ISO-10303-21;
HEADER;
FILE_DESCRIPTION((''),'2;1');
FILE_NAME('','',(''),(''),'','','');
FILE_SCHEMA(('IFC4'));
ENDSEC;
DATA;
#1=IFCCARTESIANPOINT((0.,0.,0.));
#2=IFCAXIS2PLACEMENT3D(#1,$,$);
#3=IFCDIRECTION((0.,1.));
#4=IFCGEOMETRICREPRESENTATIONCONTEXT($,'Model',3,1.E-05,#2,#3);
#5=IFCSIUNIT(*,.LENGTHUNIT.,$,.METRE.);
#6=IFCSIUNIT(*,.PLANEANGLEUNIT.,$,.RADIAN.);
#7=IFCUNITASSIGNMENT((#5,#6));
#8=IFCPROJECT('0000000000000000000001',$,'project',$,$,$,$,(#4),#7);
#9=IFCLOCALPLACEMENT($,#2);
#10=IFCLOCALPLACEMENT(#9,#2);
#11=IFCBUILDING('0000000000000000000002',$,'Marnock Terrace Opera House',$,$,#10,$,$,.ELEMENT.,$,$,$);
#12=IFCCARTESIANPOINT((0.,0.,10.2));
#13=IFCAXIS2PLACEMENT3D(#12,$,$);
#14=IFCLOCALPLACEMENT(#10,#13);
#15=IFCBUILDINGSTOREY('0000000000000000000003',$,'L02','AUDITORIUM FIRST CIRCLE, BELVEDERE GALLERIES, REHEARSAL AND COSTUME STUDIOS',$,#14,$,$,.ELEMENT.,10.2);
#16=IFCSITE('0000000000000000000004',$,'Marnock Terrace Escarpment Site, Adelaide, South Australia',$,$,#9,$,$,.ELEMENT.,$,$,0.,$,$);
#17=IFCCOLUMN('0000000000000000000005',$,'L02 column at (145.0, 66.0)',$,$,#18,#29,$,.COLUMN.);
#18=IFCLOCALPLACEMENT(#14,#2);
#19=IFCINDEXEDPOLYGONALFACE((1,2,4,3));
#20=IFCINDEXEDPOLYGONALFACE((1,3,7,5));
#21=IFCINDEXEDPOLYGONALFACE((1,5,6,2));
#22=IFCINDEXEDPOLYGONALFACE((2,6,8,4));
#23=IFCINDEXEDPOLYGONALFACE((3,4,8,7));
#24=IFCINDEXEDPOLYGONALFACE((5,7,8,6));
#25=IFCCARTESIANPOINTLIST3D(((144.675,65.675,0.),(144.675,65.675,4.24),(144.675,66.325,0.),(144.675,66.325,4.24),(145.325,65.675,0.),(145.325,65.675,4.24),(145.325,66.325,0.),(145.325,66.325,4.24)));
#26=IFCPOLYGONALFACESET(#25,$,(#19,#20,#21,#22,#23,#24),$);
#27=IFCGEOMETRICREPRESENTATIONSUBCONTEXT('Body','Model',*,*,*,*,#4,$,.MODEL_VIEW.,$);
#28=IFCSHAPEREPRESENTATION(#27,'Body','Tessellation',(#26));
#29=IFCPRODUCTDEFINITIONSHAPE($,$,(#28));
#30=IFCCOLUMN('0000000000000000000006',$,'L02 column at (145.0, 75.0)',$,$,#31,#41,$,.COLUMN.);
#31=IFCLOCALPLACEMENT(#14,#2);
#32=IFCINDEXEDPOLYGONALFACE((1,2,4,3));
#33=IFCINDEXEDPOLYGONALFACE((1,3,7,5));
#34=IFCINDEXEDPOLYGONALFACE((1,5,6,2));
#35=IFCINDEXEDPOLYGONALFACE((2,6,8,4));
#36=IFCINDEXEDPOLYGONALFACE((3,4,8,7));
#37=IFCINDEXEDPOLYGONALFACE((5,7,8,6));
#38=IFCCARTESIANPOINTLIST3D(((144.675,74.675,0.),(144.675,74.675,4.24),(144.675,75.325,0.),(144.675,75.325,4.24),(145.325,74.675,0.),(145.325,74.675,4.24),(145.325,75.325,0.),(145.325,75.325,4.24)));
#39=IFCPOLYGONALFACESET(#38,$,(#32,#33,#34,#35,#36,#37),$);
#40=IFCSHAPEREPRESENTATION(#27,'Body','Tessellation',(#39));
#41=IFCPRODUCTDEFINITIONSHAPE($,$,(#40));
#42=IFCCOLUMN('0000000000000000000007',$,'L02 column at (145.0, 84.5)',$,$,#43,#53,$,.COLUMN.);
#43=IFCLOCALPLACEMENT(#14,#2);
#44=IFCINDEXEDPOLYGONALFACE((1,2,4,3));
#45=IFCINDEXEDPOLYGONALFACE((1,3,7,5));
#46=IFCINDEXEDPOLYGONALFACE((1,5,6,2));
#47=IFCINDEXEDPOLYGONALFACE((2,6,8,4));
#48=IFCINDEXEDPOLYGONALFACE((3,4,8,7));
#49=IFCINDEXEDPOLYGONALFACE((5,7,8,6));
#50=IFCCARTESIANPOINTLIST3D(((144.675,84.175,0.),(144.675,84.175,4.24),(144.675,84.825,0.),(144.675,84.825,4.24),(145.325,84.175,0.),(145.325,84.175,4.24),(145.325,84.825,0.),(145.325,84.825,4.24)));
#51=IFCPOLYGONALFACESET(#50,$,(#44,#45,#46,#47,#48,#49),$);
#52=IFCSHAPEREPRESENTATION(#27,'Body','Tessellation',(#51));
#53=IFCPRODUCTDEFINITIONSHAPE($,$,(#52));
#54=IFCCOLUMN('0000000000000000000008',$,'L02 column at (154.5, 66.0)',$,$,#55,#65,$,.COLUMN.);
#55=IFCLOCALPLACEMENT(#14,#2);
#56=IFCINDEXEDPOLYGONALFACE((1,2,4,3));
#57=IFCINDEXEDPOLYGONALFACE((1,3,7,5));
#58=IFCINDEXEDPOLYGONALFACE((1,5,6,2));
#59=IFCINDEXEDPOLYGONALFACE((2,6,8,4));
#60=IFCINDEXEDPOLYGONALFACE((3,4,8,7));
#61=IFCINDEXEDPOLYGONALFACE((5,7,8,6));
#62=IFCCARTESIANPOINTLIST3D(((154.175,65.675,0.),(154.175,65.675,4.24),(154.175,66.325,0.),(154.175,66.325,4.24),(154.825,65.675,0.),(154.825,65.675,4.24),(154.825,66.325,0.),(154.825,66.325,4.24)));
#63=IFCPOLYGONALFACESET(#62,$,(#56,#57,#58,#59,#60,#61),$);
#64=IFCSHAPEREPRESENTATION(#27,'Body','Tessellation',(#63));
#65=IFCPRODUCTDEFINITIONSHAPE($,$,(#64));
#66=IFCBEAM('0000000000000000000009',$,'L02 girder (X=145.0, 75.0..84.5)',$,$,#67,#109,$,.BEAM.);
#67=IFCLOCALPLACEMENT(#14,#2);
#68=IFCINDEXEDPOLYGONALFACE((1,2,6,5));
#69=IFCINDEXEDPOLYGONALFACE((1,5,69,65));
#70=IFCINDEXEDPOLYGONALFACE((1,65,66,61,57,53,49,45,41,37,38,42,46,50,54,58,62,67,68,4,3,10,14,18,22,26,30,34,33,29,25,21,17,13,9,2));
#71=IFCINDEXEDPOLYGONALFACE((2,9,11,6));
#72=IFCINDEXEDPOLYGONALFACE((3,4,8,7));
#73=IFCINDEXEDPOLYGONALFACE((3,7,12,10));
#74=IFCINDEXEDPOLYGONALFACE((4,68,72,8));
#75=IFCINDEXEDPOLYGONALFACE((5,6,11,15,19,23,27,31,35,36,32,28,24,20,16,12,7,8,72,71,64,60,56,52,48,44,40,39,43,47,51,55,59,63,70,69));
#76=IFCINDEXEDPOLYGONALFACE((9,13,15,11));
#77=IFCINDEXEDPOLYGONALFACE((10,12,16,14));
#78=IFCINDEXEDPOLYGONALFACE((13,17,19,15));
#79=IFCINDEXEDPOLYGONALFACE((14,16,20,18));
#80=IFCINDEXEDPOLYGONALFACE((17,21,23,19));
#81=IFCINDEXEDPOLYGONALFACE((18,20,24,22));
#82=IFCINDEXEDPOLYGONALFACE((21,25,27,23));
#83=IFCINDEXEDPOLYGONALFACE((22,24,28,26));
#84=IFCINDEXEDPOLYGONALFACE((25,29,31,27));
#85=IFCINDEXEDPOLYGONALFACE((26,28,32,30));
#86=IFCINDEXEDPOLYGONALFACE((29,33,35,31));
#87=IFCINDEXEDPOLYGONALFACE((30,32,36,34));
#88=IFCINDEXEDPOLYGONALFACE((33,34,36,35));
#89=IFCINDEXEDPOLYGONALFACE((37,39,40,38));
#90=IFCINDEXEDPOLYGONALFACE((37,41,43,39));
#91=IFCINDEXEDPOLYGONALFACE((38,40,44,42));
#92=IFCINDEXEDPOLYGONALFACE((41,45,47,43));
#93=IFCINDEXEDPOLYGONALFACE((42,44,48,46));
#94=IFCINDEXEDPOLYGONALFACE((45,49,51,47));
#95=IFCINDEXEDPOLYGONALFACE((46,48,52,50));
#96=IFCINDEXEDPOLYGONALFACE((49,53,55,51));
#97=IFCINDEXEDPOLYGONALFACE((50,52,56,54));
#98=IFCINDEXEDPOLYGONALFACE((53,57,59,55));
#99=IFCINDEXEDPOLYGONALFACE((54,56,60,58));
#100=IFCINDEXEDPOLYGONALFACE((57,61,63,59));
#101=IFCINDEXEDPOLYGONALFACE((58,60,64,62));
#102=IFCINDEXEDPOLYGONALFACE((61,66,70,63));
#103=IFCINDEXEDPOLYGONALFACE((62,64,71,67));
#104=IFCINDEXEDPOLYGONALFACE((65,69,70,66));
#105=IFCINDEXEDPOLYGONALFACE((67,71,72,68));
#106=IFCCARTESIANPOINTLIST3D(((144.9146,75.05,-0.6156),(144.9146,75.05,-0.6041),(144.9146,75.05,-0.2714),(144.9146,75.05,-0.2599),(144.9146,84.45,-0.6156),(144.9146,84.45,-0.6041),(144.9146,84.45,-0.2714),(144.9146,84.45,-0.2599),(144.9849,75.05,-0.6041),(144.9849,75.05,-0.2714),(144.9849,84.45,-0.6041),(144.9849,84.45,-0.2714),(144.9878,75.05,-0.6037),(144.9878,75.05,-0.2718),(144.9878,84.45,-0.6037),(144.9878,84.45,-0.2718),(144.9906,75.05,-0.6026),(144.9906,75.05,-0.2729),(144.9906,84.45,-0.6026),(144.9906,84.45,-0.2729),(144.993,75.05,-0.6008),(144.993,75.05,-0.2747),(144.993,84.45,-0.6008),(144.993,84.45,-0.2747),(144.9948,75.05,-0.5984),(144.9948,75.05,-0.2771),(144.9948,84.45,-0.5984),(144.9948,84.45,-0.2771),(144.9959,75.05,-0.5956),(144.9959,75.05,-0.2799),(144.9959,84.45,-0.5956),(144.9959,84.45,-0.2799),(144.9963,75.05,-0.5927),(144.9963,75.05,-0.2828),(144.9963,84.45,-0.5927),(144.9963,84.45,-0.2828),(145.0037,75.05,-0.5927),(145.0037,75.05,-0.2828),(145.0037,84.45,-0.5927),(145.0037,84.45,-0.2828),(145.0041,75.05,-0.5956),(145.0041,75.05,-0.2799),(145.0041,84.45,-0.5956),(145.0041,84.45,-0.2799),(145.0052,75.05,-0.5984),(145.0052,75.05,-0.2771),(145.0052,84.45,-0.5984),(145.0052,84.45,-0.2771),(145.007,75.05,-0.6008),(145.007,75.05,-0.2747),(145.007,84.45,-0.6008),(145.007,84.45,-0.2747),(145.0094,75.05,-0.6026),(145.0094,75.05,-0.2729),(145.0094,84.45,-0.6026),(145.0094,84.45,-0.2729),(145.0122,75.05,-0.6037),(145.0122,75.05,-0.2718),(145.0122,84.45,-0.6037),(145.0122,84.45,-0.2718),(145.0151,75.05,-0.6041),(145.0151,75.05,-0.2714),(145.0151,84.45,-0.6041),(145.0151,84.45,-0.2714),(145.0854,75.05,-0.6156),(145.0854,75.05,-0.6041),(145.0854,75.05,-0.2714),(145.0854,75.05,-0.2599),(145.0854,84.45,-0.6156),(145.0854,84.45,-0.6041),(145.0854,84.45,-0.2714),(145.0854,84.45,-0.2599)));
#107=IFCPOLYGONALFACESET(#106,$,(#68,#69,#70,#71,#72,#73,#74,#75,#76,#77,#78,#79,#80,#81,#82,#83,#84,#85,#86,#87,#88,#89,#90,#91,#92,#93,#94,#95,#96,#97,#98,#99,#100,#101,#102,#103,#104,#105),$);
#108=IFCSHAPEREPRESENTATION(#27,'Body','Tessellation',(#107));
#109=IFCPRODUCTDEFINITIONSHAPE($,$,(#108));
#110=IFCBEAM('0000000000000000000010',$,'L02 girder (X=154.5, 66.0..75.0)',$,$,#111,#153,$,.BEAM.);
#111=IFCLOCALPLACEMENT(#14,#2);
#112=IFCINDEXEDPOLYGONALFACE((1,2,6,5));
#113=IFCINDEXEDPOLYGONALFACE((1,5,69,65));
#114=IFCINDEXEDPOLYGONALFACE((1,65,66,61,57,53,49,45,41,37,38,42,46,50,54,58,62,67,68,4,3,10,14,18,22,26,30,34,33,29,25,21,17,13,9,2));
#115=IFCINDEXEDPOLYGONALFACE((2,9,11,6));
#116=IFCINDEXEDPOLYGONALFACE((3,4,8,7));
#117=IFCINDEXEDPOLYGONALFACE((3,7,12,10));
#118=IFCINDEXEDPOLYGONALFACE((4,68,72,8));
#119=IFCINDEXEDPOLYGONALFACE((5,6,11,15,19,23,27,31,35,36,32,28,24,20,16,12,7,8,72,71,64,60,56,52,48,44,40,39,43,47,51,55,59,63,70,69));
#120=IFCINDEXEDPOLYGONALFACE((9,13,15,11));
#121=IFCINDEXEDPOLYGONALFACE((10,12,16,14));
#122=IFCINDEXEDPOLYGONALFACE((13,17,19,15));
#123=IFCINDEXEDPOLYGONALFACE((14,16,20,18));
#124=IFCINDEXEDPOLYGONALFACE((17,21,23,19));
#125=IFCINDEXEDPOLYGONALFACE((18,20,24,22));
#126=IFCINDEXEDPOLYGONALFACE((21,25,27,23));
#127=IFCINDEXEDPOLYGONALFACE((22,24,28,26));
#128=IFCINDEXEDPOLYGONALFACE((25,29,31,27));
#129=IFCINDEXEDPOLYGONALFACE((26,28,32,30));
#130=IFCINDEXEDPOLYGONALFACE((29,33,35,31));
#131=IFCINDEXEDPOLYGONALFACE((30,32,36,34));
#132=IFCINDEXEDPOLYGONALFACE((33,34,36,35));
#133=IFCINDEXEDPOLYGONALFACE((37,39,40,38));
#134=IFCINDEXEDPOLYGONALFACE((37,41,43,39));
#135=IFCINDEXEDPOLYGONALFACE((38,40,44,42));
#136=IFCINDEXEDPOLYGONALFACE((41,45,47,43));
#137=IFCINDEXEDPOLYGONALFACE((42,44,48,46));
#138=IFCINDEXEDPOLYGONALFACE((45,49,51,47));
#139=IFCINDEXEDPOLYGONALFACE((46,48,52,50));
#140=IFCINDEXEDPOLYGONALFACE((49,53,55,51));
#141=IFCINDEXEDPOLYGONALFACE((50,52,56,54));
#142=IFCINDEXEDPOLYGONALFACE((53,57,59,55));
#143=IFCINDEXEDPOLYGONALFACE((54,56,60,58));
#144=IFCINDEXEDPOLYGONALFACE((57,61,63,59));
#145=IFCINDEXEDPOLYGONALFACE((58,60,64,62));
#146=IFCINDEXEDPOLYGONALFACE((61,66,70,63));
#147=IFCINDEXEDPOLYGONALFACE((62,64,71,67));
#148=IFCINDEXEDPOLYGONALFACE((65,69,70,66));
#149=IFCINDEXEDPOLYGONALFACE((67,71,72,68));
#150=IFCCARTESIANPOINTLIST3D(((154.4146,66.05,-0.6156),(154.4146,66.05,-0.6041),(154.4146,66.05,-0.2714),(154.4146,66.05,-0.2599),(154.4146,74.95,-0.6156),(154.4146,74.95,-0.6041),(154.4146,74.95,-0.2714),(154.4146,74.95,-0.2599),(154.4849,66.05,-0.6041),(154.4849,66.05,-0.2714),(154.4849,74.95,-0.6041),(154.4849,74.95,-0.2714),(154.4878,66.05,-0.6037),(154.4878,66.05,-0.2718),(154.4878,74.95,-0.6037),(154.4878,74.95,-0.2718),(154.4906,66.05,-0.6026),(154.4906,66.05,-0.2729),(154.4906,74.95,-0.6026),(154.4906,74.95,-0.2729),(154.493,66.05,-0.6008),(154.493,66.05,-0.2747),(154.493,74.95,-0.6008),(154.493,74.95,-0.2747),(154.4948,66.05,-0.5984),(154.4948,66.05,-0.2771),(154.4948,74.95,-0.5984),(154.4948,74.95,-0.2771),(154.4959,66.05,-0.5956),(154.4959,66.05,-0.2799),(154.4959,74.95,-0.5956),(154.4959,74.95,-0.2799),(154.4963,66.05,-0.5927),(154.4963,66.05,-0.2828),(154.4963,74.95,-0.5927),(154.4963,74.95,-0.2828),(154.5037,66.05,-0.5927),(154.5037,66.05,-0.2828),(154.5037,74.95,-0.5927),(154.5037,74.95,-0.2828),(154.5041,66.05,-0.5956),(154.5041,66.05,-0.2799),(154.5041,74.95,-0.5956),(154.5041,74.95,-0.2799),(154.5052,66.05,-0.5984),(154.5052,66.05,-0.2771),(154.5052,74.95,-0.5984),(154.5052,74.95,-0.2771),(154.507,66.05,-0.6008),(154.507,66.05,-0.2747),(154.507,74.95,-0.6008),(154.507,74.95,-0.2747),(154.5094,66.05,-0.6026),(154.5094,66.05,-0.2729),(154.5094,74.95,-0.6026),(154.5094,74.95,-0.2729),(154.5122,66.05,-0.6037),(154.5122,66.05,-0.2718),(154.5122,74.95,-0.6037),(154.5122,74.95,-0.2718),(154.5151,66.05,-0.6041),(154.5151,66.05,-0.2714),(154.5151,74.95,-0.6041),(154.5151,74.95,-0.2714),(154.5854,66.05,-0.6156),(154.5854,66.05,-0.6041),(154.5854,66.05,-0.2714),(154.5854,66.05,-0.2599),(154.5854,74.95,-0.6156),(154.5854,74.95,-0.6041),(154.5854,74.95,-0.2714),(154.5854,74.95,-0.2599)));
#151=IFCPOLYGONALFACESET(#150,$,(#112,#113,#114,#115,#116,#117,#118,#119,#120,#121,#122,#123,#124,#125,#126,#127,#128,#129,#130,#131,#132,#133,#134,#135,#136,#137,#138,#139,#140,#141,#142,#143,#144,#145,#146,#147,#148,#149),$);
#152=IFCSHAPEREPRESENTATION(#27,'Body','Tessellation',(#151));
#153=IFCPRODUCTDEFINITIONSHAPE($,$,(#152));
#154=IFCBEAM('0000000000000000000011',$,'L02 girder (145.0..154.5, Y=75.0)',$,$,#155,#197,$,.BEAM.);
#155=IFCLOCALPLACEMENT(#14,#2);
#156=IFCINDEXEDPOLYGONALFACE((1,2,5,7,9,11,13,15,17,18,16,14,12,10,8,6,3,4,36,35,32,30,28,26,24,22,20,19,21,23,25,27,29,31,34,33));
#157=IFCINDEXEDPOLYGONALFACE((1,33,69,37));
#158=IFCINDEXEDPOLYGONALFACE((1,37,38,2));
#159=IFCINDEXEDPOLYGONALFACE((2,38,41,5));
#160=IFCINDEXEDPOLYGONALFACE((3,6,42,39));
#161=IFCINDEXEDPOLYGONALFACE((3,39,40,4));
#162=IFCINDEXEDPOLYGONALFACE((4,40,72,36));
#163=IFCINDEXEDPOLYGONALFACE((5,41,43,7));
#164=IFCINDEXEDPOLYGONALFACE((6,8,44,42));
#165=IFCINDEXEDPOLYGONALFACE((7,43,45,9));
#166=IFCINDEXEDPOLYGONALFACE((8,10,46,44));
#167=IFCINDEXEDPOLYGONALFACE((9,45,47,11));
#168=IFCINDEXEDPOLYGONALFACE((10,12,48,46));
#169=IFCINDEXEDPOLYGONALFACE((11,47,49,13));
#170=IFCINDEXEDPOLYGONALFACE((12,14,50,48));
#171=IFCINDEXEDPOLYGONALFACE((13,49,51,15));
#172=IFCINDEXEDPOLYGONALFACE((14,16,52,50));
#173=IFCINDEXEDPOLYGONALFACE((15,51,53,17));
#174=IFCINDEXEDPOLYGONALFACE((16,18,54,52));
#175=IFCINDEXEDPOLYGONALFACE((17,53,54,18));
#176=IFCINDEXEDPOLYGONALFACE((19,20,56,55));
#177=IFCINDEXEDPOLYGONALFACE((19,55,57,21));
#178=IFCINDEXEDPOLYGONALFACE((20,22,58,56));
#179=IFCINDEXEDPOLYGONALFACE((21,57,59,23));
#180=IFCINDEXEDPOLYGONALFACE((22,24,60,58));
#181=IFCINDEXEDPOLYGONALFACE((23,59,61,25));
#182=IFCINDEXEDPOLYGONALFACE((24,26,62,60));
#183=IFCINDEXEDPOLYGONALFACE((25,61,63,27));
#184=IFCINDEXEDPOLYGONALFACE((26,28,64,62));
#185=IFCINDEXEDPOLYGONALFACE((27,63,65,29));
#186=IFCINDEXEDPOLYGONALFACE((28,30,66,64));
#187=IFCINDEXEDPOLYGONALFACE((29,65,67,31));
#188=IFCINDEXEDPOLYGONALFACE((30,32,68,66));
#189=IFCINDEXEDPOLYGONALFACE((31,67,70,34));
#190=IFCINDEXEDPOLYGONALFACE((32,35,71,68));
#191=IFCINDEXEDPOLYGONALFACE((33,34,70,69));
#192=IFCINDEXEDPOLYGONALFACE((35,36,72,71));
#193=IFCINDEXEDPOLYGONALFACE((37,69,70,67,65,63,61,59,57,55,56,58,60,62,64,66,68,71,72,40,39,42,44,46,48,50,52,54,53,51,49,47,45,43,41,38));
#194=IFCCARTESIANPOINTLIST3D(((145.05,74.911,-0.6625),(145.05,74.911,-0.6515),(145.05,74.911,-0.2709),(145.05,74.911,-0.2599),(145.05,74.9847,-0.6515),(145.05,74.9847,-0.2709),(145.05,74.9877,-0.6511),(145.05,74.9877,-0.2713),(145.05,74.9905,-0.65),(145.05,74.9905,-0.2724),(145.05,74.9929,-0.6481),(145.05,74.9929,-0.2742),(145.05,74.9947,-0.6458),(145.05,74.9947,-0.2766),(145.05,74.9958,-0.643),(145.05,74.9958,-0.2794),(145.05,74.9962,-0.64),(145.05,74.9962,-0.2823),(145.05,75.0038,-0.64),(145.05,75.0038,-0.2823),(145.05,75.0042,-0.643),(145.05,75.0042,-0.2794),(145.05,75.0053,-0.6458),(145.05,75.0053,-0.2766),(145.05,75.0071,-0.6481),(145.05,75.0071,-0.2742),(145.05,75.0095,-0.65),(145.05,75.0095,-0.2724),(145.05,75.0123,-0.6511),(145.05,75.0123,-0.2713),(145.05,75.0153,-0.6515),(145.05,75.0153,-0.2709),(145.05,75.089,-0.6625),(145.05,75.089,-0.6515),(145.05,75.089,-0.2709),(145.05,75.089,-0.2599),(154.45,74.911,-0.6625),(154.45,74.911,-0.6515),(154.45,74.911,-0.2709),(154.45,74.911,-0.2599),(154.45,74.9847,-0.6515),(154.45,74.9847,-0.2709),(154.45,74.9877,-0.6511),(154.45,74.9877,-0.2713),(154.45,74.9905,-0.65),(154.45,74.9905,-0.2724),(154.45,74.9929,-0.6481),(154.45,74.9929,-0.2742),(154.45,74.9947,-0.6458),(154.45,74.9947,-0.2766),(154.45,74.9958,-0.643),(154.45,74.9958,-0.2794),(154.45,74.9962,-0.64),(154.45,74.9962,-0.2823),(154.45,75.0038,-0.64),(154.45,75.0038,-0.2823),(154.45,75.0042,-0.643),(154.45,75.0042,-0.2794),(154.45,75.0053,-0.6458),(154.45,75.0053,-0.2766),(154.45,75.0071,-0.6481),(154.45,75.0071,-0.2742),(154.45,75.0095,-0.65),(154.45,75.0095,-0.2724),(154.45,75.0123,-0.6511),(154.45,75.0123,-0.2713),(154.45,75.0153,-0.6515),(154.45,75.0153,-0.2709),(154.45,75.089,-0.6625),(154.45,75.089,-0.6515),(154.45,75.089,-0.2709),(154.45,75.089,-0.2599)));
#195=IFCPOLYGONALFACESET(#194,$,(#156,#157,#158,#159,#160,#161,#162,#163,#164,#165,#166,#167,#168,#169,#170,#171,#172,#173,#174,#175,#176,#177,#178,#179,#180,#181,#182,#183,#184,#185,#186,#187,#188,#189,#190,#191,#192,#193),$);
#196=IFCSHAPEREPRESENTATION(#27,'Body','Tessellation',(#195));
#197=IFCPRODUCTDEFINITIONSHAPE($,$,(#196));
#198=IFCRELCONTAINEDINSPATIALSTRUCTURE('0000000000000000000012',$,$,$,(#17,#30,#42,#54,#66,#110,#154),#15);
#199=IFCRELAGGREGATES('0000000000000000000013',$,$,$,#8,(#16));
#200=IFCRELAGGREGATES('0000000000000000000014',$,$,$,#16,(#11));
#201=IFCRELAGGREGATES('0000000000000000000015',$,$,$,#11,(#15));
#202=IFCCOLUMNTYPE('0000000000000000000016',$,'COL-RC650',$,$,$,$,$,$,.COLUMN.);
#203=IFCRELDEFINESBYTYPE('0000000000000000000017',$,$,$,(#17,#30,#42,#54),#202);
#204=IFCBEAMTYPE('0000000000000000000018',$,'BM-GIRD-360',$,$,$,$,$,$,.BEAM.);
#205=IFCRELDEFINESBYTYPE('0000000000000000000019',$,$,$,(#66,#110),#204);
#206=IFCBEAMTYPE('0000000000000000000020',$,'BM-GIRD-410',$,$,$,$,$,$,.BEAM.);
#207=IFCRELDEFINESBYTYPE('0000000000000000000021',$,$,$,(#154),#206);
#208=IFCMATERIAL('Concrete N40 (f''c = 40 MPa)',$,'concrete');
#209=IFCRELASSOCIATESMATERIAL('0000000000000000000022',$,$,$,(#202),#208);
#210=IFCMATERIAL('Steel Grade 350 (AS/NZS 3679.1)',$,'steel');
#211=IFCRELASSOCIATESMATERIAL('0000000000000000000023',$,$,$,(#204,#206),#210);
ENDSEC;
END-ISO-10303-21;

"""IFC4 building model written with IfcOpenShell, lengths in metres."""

from ifc_helpers import new_model, si_unit, direction, frame, origin, origin_2d, place, context, subcontext, project, spatial, rectangle, i_section, extrude, material, material_profile, profile_set, type_object, element, save


model = new_model("IFC4")

# Units and contexts
model_context = context("Model", 3, precision=1e-05, world=origin(), true_north=direction((0.0, 1.0)))
body_context = subcontext(model_context, "Body", "Model", "MODEL_VIEW")
ifc_project = project(units=[si_unit("LENGTHUNIT", "METRE"), si_unit("PLANEANGLEUNIT", "RADIAN")], contexts=[model_context])

# Site, building, storey
site_placement = place(None, origin())
site = spatial("IfcSite", under=ifc_project, at=site_placement, Name="Marnock Terrace Escarpment Site, Adelaide, South Australia", CompositionType="ELEMENT", RefElevation=0.0)
building_placement = place(site_placement, origin())
building = spatial("IfcBuilding", under=site, at=building_placement, Name="Marnock Terrace Opera House", CompositionType="ELEMENT")
storey_placement = place(building_placement, frame((0.0, 0.0, 10.2)))
storey = spatial("IfcBuildingStorey", under=building, at=storey_placement, Name="L02", Description="AUDITORIUM FIRST CIRCLE, BELVEDERE GALLERIES, REHEARSAL AND COSTUME STUDIOS", CompositionType="ELEMENT", Elevation=10.2)

# Columns
ifc_material_1 = material(Name="Concrete N40 (f'c = 40 MPa)", Category="concrete")
ifc_material_profile_1 = material_profile(ifc_material_1, rectangle(XDim=0.6499, YDim=0.6499, at=origin_2d()))
ifc_profile_set_1 = profile_set([ifc_material_profile_1], Name="Concrete N40 (f'c = 40 MPa)")
column_type = type_object("IfcColumnType", Name="COL-RC650", PredefinedType="COLUMN", material=ifc_profile_set_1)
for number, where, z_axis, x_axis, name in (
    (1, (145.0, 66.0, 0.0), (0.0, 0.0, 1.0), (1.0, 0.0, 0.0), "L02 column at (145.0, 66.0)"),
    (2, (145.0, 75.0, 0.0), (0.0, 0.0, 1.0), (1.0, 0.0, 0.0), "L02 column at (145.0, 75.0)"),
    (3, (145.0, 84.5, 0.0), (0.0, 0.0, 1.0), (1.0, 0.0, 0.0), "L02 column at (145.0, 84.5)"),
    (4, (154.5, 66.0, 0.0), (0.0, 0.0, 1.0), (1.0, 0.0, 0.0), "L02 column at (154.5, 66.0)"),
):
    element("IfcColumn", number, at=place(storey_placement, frame(where, z_axis=z_axis, x_axis=x_axis)), inside=storey, type_object=column_type, Name=name, PredefinedType="COLUMN", context=body_context, shape_type="SweptSolid", body=[
        extrude(rectangle(XDim=0.6499, YDim=0.6499, at=origin_2d()), origin(), (0.0, 0.0, 1.0), 4.24),
    ])

# Beams
ifc_material_2 = material(Name="Steel Grade 350 (AS/NZS 3679.1)", Category="steel")
ifc_material_profile_2 = material_profile(ifc_material_2, i_section(OverallWidth=0.1709, OverallDepth=0.3557, WebThickness=0.0073, FlangeThickness=0.0115, FilletRadius=0.0115, at=origin_2d()))
ifc_profile_set_2 = profile_set([ifc_material_profile_2], Name="Steel Grade 350 (AS/NZS 3679.1)")
beam_type_1 = type_object("IfcBeamType", Name="BM-GIRD-360", PredefinedType="BEAM", material=ifc_profile_set_2)
beam_1_placement = place(storey_placement, frame((145.0, 75.05, -0.4377), z_axis=(0.0, 1.0, 0.0), x_axis=(-1.0, 0.0, 0.0)))
element("IfcBeam", 5, at=beam_1_placement, inside=storey, type_object=beam_type_1, Name="L02 girder (X=145.0, 75.0..84.5)", PredefinedType="BEAM", context=body_context, shape_type="SweptSolid", body=[
    extrude(i_section(OverallWidth=0.1709, OverallDepth=0.3557, WebThickness=0.0073, FlangeThickness=0.0115, FilletRadius=0.0115, at=origin_2d()), origin(), (0.0, 0.0, 1.0), 9.3999),
])
beam_2_placement = place(storey_placement, frame((154.5, 66.05, -0.4377), z_axis=(0.0, 1.0, 0.0), x_axis=(-1.0, 0.0, 0.0)))
element("IfcBeam", 6, at=beam_2_placement, inside=storey, type_object=beam_type_1, Name="L02 girder (X=154.5, 66.0..75.0)", PredefinedType="BEAM", context=body_context, shape_type="SweptSolid", body=[
    extrude(i_section(OverallWidth=0.1709, OverallDepth=0.3557, WebThickness=0.0073, FlangeThickness=0.0115, FilletRadius=0.0115, at=origin_2d()), origin(), (0.0, 0.0, 1.0), 8.8999),
])
ifc_material_profile_3 = material_profile(ifc_material_2, i_section(OverallWidth=0.178, OverallDepth=0.4026, WebThickness=0.0076, FlangeThickness=0.011, FilletRadius=0.0115, at=origin_2d()))
ifc_profile_set_3 = profile_set([ifc_material_profile_3], Name="Steel Grade 350 (AS/NZS 3679.1)")
beam_type_2 = type_object("IfcBeamType", Name="BM-GIRD-410", PredefinedType="BEAM", material=ifc_profile_set_3)
beam_3_placement = place(storey_placement, frame((145.05, 75.0, -0.4612), z_axis=(1.0, 0.0, 0.0), x_axis=(0.0, 1.0, 0.0)))
element("IfcBeam", 7, at=beam_3_placement, inside=storey, type_object=beam_type_2, Name="L02 girder (145.0..154.5, Y=75.0)", PredefinedType="BEAM", context=body_context, shape_type="SweptSolid", body=[
    extrude(i_section(OverallWidth=0.178, OverallDepth=0.4026, WebThickness=0.0076, FlangeThickness=0.011, FilletRadius=0.0115, at=origin_2d()), origin(), (0.0, 0.0, 1.0), 9.3999),
])

save(model, "model.ifc")
